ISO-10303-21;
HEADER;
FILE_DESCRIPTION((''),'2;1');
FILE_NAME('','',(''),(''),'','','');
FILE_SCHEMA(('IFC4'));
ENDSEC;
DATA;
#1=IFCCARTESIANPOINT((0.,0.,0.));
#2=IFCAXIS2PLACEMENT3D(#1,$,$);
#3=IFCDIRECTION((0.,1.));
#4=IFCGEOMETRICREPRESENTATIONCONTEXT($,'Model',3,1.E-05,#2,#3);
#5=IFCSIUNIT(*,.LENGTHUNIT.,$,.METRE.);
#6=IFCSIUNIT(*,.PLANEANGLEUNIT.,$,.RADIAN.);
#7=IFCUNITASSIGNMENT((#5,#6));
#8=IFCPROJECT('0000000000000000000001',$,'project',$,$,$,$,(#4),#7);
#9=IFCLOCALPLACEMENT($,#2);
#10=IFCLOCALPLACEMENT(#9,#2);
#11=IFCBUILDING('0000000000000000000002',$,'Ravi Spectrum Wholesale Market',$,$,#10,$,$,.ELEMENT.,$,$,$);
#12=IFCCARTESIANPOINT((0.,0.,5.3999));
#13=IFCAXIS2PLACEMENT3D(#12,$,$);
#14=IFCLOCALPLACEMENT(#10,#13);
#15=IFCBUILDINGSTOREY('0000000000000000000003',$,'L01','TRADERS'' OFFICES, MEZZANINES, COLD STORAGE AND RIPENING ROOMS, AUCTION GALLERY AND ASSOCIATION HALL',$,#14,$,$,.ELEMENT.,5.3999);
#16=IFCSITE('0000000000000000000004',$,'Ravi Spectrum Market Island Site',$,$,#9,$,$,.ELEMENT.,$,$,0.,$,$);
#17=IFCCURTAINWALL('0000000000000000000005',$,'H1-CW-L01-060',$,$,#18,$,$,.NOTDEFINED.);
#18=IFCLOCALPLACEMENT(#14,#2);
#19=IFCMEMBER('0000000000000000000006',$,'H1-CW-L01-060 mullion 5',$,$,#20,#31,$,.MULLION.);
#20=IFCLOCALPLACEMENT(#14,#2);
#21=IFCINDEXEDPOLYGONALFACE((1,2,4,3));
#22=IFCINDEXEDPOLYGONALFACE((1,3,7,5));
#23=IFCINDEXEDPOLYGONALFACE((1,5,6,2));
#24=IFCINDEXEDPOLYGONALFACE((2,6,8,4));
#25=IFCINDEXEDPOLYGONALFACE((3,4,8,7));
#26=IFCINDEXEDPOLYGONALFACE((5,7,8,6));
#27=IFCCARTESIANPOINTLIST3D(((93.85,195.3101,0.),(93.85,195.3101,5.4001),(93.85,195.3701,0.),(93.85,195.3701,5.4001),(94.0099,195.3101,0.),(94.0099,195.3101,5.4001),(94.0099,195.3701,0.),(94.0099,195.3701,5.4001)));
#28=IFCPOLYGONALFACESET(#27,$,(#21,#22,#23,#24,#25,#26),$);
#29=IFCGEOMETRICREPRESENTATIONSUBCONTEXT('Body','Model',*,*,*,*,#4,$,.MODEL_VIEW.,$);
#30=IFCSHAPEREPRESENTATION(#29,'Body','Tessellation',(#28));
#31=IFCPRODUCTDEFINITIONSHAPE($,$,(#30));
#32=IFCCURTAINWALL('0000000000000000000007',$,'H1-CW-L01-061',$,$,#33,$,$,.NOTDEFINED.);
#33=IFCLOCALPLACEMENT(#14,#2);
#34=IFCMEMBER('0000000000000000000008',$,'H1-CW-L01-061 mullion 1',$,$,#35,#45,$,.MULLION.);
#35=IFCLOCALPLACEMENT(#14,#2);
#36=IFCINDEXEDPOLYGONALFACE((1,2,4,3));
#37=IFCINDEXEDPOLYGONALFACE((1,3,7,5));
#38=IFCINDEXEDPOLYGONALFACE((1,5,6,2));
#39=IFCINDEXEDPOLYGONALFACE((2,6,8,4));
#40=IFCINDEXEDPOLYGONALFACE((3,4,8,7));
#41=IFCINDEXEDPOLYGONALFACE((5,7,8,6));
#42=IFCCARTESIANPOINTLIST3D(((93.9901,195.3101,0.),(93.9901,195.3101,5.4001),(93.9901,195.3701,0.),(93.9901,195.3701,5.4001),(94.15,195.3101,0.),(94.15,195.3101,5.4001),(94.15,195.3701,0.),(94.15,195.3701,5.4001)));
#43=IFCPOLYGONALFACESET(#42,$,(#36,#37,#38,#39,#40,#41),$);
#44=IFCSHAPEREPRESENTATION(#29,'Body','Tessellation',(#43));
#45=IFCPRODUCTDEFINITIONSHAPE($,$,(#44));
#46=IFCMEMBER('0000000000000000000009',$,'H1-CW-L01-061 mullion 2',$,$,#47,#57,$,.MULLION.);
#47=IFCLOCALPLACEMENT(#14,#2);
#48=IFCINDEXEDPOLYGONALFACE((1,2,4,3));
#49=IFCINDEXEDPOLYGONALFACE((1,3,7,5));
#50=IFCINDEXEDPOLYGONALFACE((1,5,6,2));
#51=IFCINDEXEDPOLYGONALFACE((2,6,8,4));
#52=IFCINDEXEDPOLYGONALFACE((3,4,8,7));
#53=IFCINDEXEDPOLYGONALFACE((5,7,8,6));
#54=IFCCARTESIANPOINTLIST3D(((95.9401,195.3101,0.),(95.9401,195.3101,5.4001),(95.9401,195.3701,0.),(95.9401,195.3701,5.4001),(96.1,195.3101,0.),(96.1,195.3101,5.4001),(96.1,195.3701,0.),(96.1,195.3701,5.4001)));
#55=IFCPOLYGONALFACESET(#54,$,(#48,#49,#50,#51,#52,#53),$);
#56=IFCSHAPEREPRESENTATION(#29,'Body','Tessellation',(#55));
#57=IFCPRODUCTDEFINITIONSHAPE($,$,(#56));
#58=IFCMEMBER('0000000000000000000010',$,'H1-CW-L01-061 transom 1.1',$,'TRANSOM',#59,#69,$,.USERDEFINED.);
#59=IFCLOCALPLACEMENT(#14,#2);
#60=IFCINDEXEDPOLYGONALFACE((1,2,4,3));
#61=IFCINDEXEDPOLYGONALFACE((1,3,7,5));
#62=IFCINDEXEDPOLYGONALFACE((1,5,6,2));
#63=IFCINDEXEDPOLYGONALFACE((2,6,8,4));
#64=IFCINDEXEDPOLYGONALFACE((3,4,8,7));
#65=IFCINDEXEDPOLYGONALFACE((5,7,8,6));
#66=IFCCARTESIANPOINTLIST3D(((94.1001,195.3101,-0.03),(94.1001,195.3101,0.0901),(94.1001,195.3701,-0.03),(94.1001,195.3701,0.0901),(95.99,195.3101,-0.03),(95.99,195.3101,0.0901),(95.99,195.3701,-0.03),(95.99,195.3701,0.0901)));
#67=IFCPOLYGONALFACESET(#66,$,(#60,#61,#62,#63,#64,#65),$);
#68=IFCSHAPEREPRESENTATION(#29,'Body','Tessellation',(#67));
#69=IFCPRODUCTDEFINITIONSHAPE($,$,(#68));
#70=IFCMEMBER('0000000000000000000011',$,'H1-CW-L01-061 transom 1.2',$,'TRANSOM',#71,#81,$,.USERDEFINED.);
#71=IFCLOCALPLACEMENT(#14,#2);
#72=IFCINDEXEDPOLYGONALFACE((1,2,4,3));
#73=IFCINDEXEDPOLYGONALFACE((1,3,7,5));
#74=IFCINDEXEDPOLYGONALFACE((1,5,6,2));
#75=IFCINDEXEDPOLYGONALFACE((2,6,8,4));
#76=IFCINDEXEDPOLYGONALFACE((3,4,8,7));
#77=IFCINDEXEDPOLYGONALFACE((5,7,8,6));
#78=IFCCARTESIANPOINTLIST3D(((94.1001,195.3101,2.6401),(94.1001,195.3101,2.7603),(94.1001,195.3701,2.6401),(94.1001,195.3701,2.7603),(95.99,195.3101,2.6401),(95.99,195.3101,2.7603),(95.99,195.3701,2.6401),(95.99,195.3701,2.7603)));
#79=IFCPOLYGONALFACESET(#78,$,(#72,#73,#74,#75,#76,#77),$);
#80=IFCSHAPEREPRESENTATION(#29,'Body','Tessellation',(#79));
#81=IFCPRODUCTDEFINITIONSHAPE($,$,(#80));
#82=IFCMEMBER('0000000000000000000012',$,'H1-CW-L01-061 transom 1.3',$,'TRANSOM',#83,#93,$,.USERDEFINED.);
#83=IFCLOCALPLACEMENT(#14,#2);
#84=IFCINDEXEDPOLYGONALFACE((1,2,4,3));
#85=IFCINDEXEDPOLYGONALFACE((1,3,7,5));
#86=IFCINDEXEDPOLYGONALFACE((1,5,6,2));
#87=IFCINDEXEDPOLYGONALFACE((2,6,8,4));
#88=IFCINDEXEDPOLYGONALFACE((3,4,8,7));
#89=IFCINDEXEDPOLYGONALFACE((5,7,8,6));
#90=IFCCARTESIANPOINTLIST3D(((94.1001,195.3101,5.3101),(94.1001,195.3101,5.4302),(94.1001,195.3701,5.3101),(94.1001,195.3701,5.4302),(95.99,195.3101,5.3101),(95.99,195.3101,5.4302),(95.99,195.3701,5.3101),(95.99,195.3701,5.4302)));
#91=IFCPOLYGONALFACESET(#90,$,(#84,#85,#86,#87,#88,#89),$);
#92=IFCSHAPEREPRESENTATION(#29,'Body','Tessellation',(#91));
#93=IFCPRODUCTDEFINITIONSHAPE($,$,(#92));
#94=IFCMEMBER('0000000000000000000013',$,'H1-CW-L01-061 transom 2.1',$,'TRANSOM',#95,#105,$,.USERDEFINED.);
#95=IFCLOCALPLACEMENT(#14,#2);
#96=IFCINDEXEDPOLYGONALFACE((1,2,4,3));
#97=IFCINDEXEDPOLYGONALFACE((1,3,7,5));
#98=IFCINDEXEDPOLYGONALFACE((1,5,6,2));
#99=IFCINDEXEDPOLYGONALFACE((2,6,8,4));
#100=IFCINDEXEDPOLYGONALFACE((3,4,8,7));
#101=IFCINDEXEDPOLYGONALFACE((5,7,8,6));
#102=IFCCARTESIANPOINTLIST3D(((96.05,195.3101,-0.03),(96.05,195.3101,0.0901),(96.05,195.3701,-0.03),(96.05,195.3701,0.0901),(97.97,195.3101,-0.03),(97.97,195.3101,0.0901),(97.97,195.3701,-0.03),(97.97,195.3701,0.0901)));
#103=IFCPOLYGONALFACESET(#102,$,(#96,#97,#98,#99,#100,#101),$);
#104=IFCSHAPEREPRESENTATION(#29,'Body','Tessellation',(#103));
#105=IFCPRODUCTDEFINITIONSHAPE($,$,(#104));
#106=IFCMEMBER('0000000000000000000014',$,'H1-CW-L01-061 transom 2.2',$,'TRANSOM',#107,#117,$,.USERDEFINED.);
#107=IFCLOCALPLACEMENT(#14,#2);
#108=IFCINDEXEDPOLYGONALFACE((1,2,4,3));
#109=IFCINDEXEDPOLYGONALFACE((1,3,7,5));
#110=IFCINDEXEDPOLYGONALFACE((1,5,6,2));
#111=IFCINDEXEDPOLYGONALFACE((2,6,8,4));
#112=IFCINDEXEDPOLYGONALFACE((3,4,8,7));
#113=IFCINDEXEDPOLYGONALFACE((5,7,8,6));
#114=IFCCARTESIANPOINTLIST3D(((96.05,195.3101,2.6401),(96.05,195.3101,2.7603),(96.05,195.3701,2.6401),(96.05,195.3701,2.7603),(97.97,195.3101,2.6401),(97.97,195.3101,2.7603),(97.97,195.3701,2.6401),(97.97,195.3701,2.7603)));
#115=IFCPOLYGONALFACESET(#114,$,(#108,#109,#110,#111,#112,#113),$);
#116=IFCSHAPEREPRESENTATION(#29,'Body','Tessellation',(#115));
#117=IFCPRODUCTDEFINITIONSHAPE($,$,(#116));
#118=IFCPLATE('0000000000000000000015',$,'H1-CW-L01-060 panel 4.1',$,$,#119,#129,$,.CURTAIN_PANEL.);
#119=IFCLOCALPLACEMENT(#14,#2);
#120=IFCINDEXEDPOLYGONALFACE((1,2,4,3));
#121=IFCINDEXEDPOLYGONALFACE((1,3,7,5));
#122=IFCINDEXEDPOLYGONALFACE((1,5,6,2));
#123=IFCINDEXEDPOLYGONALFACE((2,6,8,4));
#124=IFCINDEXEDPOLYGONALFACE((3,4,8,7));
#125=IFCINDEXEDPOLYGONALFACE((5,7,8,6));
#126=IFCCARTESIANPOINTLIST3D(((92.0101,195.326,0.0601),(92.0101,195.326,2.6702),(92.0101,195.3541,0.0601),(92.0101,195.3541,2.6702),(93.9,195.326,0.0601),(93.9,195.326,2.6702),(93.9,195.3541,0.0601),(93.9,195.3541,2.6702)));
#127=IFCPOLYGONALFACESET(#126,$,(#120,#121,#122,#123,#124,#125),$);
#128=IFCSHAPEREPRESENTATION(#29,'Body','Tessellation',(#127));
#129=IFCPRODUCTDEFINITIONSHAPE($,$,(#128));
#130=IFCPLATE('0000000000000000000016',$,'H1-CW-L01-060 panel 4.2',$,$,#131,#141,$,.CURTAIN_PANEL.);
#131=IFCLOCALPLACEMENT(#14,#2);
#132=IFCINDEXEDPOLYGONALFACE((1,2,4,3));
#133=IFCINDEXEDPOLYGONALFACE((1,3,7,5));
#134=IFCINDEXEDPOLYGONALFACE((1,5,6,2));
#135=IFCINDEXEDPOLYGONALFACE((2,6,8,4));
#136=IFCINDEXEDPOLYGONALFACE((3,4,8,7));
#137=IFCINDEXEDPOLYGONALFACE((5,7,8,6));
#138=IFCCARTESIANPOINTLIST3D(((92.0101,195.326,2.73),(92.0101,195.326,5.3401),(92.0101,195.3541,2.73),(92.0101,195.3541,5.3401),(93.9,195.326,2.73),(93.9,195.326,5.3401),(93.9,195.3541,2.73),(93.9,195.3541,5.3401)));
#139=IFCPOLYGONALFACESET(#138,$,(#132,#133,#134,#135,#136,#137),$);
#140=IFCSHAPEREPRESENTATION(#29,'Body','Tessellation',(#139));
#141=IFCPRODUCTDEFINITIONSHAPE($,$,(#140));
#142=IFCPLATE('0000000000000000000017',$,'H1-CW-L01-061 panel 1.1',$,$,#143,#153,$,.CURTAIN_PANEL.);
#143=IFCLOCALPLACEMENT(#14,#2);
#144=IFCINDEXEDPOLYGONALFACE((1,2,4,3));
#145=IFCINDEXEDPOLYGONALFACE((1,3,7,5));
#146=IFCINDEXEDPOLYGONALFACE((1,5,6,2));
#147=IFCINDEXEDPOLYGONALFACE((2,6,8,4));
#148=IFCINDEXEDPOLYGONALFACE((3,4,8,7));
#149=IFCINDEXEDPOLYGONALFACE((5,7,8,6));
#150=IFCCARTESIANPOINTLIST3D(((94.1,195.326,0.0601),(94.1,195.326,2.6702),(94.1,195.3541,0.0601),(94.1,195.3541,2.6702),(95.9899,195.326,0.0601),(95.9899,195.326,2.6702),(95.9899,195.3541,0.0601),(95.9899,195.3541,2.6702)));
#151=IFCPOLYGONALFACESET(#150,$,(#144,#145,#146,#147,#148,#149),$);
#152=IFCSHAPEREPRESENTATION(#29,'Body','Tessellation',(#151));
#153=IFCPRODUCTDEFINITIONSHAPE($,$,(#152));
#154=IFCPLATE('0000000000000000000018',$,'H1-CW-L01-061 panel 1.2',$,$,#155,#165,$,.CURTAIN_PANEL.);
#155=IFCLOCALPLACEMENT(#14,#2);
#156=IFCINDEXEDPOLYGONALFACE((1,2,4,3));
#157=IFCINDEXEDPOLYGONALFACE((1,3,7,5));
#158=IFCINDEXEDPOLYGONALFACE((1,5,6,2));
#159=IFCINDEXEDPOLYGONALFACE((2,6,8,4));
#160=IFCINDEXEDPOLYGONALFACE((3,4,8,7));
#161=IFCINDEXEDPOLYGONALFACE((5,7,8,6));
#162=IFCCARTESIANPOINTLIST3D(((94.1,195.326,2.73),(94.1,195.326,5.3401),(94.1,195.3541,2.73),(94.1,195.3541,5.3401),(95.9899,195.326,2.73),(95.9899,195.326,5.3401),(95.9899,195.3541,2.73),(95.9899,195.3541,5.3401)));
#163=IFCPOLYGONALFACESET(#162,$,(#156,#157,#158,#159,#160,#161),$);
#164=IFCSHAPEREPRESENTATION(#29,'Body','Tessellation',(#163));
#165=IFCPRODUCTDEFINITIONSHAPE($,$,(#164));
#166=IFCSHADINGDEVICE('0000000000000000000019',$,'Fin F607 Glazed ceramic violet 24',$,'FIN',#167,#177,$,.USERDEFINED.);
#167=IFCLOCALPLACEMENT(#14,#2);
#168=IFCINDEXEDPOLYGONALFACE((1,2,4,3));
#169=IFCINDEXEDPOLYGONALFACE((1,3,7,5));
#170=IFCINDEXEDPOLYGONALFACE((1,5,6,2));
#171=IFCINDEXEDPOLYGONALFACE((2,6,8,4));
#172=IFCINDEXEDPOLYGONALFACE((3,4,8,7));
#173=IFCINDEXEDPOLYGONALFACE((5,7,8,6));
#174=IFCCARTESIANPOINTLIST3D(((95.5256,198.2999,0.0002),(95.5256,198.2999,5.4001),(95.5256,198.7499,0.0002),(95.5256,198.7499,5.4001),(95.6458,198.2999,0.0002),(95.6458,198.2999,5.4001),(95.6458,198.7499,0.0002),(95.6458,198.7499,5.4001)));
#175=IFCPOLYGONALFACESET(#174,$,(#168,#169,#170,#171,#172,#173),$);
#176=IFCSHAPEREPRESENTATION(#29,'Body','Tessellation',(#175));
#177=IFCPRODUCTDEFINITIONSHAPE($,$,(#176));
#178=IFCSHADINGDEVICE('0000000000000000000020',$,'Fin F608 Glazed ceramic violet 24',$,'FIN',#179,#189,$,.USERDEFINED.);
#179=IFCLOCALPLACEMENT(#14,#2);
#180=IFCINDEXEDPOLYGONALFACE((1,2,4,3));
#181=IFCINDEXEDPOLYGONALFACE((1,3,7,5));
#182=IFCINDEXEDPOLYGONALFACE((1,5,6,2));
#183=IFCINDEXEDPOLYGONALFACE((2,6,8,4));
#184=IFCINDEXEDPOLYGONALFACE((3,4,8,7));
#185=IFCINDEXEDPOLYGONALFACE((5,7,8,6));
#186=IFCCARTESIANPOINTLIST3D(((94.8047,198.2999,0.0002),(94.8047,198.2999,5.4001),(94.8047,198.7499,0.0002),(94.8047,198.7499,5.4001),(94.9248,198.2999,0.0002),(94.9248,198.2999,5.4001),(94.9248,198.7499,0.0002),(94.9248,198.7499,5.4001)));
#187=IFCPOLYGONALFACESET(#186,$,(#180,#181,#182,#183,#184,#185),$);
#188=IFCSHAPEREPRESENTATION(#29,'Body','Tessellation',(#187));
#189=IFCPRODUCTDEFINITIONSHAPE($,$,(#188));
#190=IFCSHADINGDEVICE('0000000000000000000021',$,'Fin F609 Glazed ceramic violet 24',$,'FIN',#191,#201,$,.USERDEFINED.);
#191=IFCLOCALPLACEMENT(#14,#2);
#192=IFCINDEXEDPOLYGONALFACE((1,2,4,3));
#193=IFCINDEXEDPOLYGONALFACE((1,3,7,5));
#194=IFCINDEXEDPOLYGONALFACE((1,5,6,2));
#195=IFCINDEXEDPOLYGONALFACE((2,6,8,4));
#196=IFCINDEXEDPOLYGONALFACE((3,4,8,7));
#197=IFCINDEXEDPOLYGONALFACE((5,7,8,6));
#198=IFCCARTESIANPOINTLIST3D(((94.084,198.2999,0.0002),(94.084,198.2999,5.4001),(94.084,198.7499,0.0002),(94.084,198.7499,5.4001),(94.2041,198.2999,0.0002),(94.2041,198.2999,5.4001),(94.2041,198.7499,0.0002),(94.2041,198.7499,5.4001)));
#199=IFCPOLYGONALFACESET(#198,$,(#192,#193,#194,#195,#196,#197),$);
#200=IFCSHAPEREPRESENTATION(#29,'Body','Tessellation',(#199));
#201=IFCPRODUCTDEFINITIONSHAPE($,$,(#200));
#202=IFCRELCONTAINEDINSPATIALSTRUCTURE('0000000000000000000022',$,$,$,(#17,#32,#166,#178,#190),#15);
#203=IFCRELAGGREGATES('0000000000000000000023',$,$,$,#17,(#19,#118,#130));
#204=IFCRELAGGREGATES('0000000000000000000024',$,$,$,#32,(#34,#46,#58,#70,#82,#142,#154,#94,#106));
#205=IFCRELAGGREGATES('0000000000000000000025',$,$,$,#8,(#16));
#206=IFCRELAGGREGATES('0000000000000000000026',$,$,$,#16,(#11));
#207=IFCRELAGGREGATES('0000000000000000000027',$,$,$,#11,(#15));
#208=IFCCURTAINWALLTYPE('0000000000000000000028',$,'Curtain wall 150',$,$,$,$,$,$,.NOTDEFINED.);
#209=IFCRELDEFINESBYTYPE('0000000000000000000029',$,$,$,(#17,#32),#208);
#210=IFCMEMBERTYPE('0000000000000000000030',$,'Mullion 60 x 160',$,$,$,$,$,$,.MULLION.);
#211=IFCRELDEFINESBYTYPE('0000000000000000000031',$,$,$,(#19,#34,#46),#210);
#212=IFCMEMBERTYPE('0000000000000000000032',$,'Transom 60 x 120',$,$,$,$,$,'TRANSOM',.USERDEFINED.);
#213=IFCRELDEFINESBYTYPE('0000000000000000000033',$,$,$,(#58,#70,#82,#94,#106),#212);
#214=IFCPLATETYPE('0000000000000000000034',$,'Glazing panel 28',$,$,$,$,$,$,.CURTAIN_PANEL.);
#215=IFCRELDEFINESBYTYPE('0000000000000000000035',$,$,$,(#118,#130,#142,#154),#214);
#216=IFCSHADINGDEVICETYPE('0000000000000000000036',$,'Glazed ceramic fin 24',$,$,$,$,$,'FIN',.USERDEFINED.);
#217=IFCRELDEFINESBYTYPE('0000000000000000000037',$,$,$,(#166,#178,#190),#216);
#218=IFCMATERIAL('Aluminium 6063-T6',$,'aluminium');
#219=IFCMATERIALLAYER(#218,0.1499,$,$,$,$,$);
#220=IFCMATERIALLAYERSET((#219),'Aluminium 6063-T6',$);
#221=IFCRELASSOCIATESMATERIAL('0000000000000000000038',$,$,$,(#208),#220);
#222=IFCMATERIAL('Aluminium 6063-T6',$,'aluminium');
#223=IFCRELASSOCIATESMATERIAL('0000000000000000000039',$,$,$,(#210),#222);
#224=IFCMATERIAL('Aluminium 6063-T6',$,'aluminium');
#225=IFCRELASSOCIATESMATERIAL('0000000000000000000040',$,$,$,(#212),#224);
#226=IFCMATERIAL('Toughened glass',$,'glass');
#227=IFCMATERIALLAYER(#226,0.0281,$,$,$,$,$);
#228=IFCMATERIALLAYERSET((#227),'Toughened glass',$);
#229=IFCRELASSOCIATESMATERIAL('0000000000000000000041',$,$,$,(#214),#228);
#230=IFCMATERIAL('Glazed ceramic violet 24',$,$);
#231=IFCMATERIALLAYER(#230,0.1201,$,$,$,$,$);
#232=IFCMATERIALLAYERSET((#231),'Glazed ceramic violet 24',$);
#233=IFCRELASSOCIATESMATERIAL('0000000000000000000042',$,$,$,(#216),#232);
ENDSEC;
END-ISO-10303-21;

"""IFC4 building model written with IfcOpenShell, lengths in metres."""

from ifc_helpers import new_model, si_unit, direction, frame, origin, origin_2d, place, context, subcontext, project, spatial, rectangle, extrude, material, layer, layer_set, material_profile, profile_set, type_object, element, aggregate, save


model = new_model("IFC4")

# Units and contexts
model_context = context("Model", 3, precision=1e-05, world=origin(), true_north=direction((0.0, 1.0)))
body_context = subcontext(model_context, "Body", "Model", "MODEL_VIEW")
ifc_project = project(units=[si_unit("LENGTHUNIT", "METRE"), si_unit("PLANEANGLEUNIT", "RADIAN")], contexts=[model_context])

# Site, building, storey
site_placement = place(None, origin())
site = spatial("IfcSite", under=ifc_project, at=site_placement, Name="Ravi Spectrum Market Island Site", CompositionType="ELEMENT", RefElevation=0.0)
building_placement = place(site_placement, origin())
building = spatial("IfcBuilding", under=site, at=building_placement, Name="Ravi Spectrum Wholesale Market", CompositionType="ELEMENT")
storey_placement = place(building_placement, frame((0.0, 0.0, 5.3999)))
storey = spatial("IfcBuildingStorey", under=building, at=storey_placement, Name="L01", Description="TRADERS' OFFICES, MEZZANINES, COLD STORAGE AND RIPENING ROOMS, AUCTION GALLERY AND ASSOCIATION HALL", CompositionType="ELEMENT", Elevation=5.3999)

# Curtain wall, member
ifc_material_1 = material(Name="Aluminium 6063-T6", Category="aluminium")
ifc_layer_1 = layer(ifc_material_1, 0.1499)
ifc_layer_set_1 = layer_set([ifc_layer_1], Name="Aluminium 6063-T6")
curtain_wall_type = type_object("IfcCurtainWallType", Name="Curtain wall 150", PredefinedType="NOTDEFINED", material=ifc_layer_set_1)
curtain_wall_1_placement = place(storey_placement, origin())
curtain_wall_1 = element("IfcCurtainWall", 1, at=curtain_wall_1_placement, inside=storey, type_object=curtain_wall_type, Name="H1-CW-L01-060", PredefinedType="NOTDEFINED")
ifc_material_2 = material(Name="Aluminium 6063-T6", Category="aluminium")
ifc_material_profile_1 = material_profile(ifc_material_2, rectangle(XDim=0.0601, YDim=0.1599, at=origin_2d()))
ifc_profile_set_1 = profile_set([ifc_material_profile_1], Name="Aluminium 6063-T6")
member_type_1 = type_object("IfcMemberType", Name="Mullion 60 x 160", PredefinedType="MULLION", material=ifc_profile_set_1)
member_1_placement = place(storey_placement, frame((93.9299, 195.3401, 0.0), z_axis=(0.0, 0.0, 1.0), x_axis=(0.0, 1.0, 0.0)))
member_1 = element("IfcMember", 2, at=member_1_placement, type_object=member_type_1, Name="H1-CW-L01-060 mullion 5", PredefinedType="MULLION", context=body_context, shape_type="SweptSolid", body=[
    extrude(rectangle(XDim=0.0601, YDim=0.1599, at=origin_2d()), origin(), (0.0, 0.0, 1.0), 5.4001),
])

# Curtain wall, members
curtain_wall_2_placement = place(storey_placement, origin())
curtain_wall_2 = element("IfcCurtainWall", 3, at=curtain_wall_2_placement, inside=storey, type_object=curtain_wall_type, Name="H1-CW-L01-061", PredefinedType="NOTDEFINED")
member_2_placement = place(storey_placement, frame((94.0701, 195.3401, 0.0), z_axis=(0.0, 0.0, 1.0), x_axis=(0.0, 1.0, 0.0)))
member_2 = element("IfcMember", 4, at=member_2_placement, type_object=member_type_1, Name="H1-CW-L01-061 mullion 1", PredefinedType="MULLION", context=body_context, shape_type="SweptSolid", body=[
    extrude(rectangle(XDim=0.0601, YDim=0.1599, at=origin_2d()), origin(), (0.0, 0.0, 1.0), 5.4001),
])
member_3_placement = place(storey_placement, frame((96.02, 195.3401, 0.0), z_axis=(0.0, 0.0, 1.0), x_axis=(0.0, 1.0, 0.0)))
member_3 = element("IfcMember", 5, at=member_3_placement, type_object=member_type_1, Name="H1-CW-L01-061 mullion 2", PredefinedType="MULLION", context=body_context, shape_type="SweptSolid", body=[
    extrude(rectangle(XDim=0.0601, YDim=0.1599, at=origin_2d()), origin(), (0.0, 0.0, 1.0), 5.4001),
])
ifc_material_3 = material(Name="Aluminium 6063-T6", Category="aluminium")
ifc_material_profile_2 = material_profile(ifc_material_3, rectangle(XDim=0.0601, YDim=0.1201, at=origin_2d()))
ifc_profile_set_2 = profile_set([ifc_material_profile_2], Name="Aluminium 6063-T6")
member_type_2 = type_object("IfcMemberType", Name="Transom 60 x 120", ElementType="TRANSOM", PredefinedType="USERDEFINED", material=ifc_profile_set_2)
member_4_placement = place(storey_placement, frame((94.1001, 195.3401, 0.03), z_axis=(1.0, 0.0, 0.0), x_axis=(0.0, 1.0, 0.0)))
member_4 = element("IfcMember", 6, at=member_4_placement, type_object=member_type_2, Name="H1-CW-L01-061 transom 1.1", ObjectType="TRANSOM", PredefinedType="USERDEFINED", context=body_context, shape_type="SweptSolid", body=[
    extrude(rectangle(XDim=0.0601, YDim=0.1201, at=origin_2d()), origin(), (0.0, 0.0, 1.0), 1.8899),
])
member_5_placement = place(storey_placement, frame((94.1001, 195.3401, 2.7002), z_axis=(1.0, 0.0, 0.0), x_axis=(0.0, 1.0, 0.0)))
member_5 = element("IfcMember", 7, at=member_5_placement, type_object=member_type_2, Name="H1-CW-L01-061 transom 1.2", ObjectType="TRANSOM", PredefinedType="USERDEFINED", context=body_context, shape_type="SweptSolid", body=[
    extrude(rectangle(XDim=0.0601, YDim=0.1201, at=origin_2d()), origin(), (0.0, 0.0, 1.0), 1.8899),
])
member_6_placement = place(storey_placement, frame((94.1001, 195.3401, 5.3701), z_axis=(1.0, 0.0, 0.0), x_axis=(0.0, 1.0, 0.0)))
member_6 = element("IfcMember", 8, at=member_6_placement, type_object=member_type_2, Name="H1-CW-L01-061 transom 1.3", ObjectType="TRANSOM", PredefinedType="USERDEFINED", context=body_context, shape_type="SweptSolid", body=[
    extrude(rectangle(XDim=0.0601, YDim=0.1201, at=origin_2d()), origin(), (0.0, 0.0, 1.0), 1.8899),
])
member_7_placement = place(storey_placement, frame((96.05, 195.3401, 0.03), z_axis=(1.0, 0.0, 0.0), x_axis=(0.0, 1.0, 0.0)))
member_7 = element("IfcMember", 9, at=member_7_placement, type_object=member_type_2, Name="H1-CW-L01-061 transom 2.1", ObjectType="TRANSOM", PredefinedType="USERDEFINED", context=body_context, shape_type="SweptSolid", body=[
    extrude(rectangle(XDim=0.0601, YDim=0.1201, at=origin_2d()), origin(), (0.0, 0.0, 1.0), 1.9199),
])
member_8_placement = place(storey_placement, frame((96.05, 195.3401, 2.7002), z_axis=(1.0, 0.0, 0.0), x_axis=(0.0, 1.0, 0.0)))
member_8 = element("IfcMember", 10, at=member_8_placement, type_object=member_type_2, Name="H1-CW-L01-061 transom 2.2", ObjectType="TRANSOM", PredefinedType="USERDEFINED", context=body_context, shape_type="SweptSolid", body=[
    extrude(rectangle(XDim=0.0601, YDim=0.1201, at=origin_2d()), origin(), (0.0, 0.0, 1.0), 1.9199),
])

# Plates
ifc_material_4 = material(Name="Toughened glass", Category="glass")
ifc_layer_2 = layer(ifc_material_4, 0.0281)
ifc_layer_set_2 = layer_set([ifc_layer_2], Name="Toughened glass")
plate_type = type_object("IfcPlateType", Name="Glazing panel 28", PredefinedType="CURTAIN_PANEL", material=ifc_layer_set_2)
plate_1_placement = place(storey_placement, frame((92.9551, 195.3401, 0.0601), z_axis=(0.0, 0.0, 1.0), x_axis=(1.0, 0.0, 0.0)))
plate_1 = element("IfcPlate", 11, at=plate_1_placement, type_object=plate_type, Name="H1-CW-L01-060 panel 4.1", PredefinedType="CURTAIN_PANEL", context=body_context, shape_type="SweptSolid", body=[
    extrude(rectangle(XDim=1.8899, YDim=0.0281, at=origin_2d()), origin(), (0.0, 0.0, 1.0), 2.6101),
])
plate_2_placement = place(storey_placement, frame((92.9551, 195.3401, 2.73), z_axis=(0.0, 0.0, 1.0), x_axis=(1.0, 0.0, 0.0)))
plate_2 = element("IfcPlate", 12, at=plate_2_placement, type_object=plate_type, Name="H1-CW-L01-060 panel 4.2", PredefinedType="CURTAIN_PANEL", context=body_context, shape_type="SweptSolid", body=[
    extrude(rectangle(XDim=1.8899, YDim=0.0281, at=origin_2d()), origin(), (0.0, 0.0, 1.0), 2.6101),
])
aggregate(curtain_wall_1, [member_1, plate_1, plate_2])
plate_3_placement = place(storey_placement, frame((95.0449, 195.3401, 0.0601), z_axis=(0.0, 0.0, 1.0), x_axis=(1.0, 0.0, 0.0)))
plate_3 = element("IfcPlate", 13, at=plate_3_placement, type_object=plate_type, Name="H1-CW-L01-061 panel 1.1", PredefinedType="CURTAIN_PANEL", context=body_context, shape_type="SweptSolid", body=[
    extrude(rectangle(XDim=1.8899, YDim=0.0281, at=origin_2d()), origin(), (0.0, 0.0, 1.0), 2.6101),
])
plate_4_placement = place(storey_placement, frame((95.0449, 195.3401, 2.73), z_axis=(0.0, 0.0, 1.0), x_axis=(1.0, 0.0, 0.0)))
plate_4 = element("IfcPlate", 14, at=plate_4_placement, type_object=plate_type, Name="H1-CW-L01-061 panel 1.2", PredefinedType="CURTAIN_PANEL", context=body_context, shape_type="SweptSolid", body=[
    extrude(rectangle(XDim=1.8899, YDim=0.0281, at=origin_2d()), origin(), (0.0, 0.0, 1.0), 2.6101),
])
aggregate(curtain_wall_2, [member_2, member_3, member_4, member_5, member_6, plate_3, plate_4, member_7, member_8])

# Shading devices
ifc_material_5 = material(Name="Glazed ceramic violet 24")
ifc_layer_3 = layer(ifc_material_5, 0.1201)
ifc_layer_set_3 = layer_set([ifc_layer_3], Name="Glazed ceramic violet 24")
shading_device_type = type_object("IfcShadingDeviceType", Name="Glazed ceramic fin 24", ElementType="FIN", PredefinedType="USERDEFINED", material=ifc_layer_set_3)
for number, where, z_axis, x_axis, name in (
    (15, (95.5857, 198.5249, 0.0002), (0.0, 0.0, 1.0), (-1.0, 0.0, 0.0), "Fin F607 Glazed ceramic violet 24"),
    (16, (94.8647, 198.5249, 0.0002), (0.0, 0.0, 1.0), (-1.0, 0.0, 0.0), "Fin F608 Glazed ceramic violet 24"),
    (17, (94.144, 198.5249, 0.0002), (0.0, 0.0, 1.0), (-1.0, 0.0, 0.0), "Fin F609 Glazed ceramic violet 24"),
):
    element("IfcShadingDevice", number, at=place(storey_placement, frame(where, z_axis=z_axis, x_axis=x_axis)), inside=storey, type_object=shading_device_type, Name=name, ObjectType="FIN", PredefinedType="USERDEFINED", context=body_context, shape_type="SweptSolid", body=[
        extrude(rectangle(XDim=0.1201, YDim=0.45, at=origin_2d()), origin(), (0.0, 0.0, 1.0), 5.3999),
    ])

save(model, "model.ifc")
